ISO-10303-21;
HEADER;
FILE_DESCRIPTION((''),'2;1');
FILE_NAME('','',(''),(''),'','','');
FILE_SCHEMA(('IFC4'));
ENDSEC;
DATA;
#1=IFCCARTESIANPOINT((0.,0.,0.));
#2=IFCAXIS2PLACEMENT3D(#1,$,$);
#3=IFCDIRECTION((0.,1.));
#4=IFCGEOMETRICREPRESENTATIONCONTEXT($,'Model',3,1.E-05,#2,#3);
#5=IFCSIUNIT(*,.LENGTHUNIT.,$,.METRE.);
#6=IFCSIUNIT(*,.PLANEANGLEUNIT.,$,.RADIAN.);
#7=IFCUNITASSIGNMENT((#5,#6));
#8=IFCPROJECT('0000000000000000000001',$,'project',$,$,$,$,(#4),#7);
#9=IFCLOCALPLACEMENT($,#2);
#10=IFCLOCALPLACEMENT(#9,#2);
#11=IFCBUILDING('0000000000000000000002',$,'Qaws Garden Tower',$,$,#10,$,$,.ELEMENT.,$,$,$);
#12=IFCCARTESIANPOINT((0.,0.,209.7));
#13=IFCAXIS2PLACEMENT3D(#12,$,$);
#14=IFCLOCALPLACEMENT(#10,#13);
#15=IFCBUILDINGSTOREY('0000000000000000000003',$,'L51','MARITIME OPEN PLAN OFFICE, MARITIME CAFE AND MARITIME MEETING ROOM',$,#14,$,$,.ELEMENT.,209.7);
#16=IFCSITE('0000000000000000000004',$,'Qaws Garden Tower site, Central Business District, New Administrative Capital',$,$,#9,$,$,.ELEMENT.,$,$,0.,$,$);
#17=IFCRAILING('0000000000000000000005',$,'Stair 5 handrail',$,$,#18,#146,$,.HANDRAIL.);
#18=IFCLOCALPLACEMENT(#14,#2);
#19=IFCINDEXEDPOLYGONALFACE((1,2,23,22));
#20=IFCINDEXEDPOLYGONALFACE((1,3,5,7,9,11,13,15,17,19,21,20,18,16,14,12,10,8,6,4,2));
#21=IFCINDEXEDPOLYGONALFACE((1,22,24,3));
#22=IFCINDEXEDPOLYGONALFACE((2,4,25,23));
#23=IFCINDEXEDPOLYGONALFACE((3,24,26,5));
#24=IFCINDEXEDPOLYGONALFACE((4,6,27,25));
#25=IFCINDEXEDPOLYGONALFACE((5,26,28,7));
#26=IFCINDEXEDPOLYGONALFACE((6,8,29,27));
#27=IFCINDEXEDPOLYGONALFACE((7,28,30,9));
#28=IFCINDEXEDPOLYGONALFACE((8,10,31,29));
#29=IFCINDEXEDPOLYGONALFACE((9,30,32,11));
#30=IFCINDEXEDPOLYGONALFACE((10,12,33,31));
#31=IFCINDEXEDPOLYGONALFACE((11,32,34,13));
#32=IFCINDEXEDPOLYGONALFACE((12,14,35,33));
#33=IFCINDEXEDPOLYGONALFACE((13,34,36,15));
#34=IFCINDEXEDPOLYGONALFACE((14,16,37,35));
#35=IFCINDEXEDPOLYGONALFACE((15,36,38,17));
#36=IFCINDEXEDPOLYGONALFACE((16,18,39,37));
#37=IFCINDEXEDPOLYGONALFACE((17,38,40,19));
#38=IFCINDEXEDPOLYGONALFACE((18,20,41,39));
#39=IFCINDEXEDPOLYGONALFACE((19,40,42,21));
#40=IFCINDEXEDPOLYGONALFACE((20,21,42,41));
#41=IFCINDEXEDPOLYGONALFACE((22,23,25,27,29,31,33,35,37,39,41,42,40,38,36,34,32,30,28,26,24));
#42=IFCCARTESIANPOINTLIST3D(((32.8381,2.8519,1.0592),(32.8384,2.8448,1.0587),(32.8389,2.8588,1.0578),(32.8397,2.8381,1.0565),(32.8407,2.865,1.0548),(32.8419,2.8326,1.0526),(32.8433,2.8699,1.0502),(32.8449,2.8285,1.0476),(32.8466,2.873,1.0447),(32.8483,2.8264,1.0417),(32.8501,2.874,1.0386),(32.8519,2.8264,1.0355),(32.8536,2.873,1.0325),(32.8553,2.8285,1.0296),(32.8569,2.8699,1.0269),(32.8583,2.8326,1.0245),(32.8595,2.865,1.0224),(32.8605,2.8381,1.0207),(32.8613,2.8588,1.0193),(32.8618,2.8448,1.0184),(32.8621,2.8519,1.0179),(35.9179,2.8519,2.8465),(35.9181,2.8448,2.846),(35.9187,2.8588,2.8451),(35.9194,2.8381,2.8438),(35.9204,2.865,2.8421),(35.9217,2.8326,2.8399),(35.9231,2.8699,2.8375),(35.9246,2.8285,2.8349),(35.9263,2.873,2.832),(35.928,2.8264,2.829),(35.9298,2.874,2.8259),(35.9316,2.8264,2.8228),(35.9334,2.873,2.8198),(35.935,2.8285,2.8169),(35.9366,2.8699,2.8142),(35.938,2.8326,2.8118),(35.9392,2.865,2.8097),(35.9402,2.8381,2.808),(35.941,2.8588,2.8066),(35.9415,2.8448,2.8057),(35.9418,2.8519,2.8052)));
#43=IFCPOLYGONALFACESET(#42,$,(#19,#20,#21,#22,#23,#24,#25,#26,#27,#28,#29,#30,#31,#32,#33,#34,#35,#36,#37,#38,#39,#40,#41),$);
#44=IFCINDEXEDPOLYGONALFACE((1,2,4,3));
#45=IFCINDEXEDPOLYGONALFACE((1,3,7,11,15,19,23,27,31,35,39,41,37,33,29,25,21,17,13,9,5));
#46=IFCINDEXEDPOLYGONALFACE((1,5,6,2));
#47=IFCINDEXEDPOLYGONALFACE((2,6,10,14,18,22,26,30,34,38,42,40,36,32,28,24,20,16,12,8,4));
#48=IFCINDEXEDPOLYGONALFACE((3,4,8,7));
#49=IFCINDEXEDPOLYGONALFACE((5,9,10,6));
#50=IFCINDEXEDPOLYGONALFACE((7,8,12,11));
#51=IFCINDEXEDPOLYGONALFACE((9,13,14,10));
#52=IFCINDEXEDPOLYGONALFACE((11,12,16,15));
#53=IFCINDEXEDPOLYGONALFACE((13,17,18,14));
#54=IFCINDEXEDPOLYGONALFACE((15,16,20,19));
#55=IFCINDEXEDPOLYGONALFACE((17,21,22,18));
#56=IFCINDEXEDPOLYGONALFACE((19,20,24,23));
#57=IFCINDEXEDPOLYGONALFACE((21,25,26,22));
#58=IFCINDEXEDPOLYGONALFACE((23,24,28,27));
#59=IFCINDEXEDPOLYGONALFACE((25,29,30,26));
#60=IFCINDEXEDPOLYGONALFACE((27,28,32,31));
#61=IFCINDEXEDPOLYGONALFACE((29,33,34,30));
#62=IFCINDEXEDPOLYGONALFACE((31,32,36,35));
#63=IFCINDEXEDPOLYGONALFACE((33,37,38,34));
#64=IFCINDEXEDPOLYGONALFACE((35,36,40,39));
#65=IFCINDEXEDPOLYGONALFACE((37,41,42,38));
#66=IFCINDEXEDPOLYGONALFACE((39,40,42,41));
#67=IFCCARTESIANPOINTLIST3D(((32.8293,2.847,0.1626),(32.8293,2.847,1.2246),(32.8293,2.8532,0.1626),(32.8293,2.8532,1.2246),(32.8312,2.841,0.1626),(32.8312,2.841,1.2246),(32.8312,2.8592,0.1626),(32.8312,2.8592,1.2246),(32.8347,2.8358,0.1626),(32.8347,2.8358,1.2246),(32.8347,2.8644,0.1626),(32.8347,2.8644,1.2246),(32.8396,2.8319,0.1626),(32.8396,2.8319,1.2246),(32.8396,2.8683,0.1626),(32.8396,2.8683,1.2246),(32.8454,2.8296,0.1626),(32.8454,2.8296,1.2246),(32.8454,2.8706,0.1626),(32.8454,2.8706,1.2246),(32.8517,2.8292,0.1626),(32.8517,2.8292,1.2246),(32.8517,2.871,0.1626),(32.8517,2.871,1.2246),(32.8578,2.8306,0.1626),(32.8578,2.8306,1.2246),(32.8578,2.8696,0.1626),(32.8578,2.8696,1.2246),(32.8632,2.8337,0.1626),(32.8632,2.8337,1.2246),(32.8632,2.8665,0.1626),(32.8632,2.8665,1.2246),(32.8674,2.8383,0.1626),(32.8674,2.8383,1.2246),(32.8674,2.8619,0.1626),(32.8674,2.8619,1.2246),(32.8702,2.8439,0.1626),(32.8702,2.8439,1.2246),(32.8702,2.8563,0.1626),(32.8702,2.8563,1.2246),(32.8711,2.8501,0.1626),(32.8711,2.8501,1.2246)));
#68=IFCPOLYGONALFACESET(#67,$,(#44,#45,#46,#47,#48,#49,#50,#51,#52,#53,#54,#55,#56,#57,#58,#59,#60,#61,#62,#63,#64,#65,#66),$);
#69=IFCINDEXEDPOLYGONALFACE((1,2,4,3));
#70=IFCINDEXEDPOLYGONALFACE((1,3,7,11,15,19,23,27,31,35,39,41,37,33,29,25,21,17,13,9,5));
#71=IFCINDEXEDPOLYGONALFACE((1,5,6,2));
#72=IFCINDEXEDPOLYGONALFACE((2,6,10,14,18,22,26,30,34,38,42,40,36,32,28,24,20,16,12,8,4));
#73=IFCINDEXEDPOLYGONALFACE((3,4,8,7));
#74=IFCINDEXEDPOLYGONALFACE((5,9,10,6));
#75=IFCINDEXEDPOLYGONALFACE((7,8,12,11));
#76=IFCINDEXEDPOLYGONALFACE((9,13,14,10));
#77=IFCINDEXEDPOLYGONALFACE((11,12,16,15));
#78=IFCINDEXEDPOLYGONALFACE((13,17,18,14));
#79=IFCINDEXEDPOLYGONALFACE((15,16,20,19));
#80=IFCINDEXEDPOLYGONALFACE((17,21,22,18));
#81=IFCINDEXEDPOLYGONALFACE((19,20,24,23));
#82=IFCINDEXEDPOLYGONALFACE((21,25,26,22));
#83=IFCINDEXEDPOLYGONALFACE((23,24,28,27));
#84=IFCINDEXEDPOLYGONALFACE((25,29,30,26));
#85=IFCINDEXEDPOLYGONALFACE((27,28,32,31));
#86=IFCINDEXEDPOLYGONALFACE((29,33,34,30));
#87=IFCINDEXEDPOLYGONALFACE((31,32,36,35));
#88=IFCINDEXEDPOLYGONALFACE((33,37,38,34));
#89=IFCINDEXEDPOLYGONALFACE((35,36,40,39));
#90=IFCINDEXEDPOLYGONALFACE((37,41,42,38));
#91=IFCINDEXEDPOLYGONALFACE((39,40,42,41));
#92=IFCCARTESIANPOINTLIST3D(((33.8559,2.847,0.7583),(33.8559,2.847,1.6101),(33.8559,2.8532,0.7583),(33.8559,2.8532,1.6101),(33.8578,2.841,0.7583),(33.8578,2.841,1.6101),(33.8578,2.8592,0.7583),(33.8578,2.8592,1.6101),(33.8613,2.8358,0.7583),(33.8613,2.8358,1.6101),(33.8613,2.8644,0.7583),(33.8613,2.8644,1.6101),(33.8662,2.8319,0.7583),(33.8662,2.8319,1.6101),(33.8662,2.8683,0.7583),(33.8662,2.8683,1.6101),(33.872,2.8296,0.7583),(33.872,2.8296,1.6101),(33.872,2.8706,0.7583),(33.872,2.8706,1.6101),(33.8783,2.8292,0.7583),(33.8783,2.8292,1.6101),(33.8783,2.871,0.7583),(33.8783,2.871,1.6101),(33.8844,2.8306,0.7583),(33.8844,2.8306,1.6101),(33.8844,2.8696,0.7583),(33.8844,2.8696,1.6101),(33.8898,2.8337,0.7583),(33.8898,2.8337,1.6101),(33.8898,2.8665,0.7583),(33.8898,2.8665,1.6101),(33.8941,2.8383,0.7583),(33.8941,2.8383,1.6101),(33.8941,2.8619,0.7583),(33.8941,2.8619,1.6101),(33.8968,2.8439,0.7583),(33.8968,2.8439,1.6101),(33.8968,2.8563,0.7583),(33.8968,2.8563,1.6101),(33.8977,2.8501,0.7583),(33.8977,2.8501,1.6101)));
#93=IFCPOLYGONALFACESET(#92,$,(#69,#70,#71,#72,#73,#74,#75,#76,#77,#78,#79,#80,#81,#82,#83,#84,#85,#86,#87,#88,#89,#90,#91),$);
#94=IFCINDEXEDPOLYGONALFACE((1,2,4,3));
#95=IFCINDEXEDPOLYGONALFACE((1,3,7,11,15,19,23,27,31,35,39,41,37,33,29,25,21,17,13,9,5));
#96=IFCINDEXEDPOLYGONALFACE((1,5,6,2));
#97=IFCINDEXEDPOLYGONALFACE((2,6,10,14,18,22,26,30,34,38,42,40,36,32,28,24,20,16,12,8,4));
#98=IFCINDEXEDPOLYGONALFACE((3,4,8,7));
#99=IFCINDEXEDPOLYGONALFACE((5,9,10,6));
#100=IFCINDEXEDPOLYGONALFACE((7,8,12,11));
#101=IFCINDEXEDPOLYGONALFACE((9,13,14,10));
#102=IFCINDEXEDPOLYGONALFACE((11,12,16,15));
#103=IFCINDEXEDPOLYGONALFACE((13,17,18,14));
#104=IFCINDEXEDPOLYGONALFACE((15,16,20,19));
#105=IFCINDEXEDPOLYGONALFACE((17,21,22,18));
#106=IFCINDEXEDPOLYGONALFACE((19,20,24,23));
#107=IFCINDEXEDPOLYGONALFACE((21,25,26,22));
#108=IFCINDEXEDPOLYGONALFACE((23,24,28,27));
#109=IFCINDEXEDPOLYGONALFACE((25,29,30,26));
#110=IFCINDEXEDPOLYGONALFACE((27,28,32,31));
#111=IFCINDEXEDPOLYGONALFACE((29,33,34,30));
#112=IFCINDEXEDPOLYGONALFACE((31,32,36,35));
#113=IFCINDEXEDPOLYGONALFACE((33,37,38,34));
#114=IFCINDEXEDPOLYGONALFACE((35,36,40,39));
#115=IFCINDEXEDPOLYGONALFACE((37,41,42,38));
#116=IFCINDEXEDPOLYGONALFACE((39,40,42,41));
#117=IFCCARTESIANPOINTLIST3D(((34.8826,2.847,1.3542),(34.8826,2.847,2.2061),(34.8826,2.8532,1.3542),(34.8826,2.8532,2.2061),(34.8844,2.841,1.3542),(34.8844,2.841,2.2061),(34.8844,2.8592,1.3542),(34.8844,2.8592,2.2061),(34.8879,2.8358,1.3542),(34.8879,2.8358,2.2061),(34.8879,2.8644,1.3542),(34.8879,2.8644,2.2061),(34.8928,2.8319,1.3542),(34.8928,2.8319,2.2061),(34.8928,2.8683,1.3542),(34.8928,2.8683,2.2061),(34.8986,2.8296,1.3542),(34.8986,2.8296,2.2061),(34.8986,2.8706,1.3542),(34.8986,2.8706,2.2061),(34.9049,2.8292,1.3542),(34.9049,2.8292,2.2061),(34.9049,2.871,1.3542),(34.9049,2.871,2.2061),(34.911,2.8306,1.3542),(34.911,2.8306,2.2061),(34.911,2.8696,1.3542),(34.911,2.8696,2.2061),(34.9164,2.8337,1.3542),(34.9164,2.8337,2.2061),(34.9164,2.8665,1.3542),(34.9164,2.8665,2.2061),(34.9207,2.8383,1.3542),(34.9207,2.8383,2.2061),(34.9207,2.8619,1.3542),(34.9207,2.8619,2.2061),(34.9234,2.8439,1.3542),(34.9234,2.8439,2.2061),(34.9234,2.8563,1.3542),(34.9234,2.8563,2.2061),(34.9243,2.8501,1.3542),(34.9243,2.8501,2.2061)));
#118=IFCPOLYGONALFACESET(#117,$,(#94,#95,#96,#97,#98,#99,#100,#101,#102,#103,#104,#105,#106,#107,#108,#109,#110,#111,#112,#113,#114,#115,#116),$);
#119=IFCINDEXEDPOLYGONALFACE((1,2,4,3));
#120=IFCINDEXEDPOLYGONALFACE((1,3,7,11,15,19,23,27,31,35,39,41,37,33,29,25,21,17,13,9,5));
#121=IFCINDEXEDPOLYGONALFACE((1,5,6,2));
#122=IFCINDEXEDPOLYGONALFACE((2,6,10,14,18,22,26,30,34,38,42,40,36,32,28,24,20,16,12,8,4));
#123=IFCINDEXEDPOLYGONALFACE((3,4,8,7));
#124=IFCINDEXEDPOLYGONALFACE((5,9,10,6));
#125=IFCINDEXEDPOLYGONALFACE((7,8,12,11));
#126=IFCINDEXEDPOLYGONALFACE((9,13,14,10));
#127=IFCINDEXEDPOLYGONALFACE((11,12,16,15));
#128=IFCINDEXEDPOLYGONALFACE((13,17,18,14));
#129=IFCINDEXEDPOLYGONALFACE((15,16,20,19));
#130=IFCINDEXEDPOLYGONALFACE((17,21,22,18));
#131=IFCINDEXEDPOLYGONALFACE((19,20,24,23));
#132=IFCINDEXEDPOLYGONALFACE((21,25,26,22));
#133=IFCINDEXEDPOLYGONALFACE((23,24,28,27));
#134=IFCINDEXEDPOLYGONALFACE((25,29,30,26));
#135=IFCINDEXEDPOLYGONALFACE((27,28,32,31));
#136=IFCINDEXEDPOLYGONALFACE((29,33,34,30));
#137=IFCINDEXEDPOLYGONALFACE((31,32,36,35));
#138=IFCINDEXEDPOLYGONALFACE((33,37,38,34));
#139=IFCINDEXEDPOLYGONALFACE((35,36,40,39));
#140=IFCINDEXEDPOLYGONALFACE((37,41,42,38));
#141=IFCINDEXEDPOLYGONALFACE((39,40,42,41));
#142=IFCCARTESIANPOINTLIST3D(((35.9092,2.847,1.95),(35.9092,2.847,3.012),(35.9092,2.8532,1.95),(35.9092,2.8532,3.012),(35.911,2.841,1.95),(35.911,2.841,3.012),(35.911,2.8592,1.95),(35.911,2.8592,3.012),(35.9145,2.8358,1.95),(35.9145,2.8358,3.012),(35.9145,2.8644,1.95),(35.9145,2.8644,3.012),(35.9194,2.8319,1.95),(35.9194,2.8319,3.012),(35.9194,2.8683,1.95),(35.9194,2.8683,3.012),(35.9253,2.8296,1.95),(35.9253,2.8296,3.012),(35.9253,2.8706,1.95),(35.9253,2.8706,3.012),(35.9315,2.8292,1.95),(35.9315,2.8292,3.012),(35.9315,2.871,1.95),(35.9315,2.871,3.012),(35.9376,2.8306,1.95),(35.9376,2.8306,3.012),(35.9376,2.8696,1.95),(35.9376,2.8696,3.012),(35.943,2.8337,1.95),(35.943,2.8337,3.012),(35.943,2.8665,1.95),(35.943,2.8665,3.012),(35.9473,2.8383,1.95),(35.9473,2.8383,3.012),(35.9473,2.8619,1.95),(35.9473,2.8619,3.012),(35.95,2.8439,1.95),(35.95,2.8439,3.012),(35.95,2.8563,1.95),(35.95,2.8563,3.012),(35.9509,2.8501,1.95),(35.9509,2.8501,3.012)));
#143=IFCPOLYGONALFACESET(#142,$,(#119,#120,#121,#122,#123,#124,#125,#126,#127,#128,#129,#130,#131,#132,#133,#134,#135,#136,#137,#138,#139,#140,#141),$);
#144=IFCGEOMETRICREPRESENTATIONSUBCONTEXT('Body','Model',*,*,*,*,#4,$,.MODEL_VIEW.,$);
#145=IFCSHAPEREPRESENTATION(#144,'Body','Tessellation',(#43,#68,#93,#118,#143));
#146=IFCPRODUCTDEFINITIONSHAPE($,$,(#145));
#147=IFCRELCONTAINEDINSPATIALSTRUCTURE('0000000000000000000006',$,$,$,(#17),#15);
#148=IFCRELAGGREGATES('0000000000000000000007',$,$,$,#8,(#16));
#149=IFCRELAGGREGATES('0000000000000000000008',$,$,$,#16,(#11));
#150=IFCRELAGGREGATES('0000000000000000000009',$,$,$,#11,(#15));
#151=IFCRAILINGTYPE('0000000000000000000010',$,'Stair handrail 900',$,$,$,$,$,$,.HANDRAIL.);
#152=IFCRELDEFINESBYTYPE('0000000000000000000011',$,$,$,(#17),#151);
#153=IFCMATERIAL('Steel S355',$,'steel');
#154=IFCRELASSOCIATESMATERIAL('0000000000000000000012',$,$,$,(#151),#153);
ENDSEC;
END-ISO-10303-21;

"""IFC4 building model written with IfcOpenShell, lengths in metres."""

from ifc_helpers import new_model, si_unit, direction, frame, origin, origin_2d, place, context, subcontext, project, spatial, circle, extrude, material, type_object, element, save


model = new_model("IFC4")

# Units and contexts
model_context = context("Model", 3, precision=1e-05, world=origin(), true_north=direction((0.0, 1.0)))
body_context = subcontext(model_context, "Body", "Model", "MODEL_VIEW")
ifc_project = project(units=[si_unit("LENGTHUNIT", "METRE"), si_unit("PLANEANGLEUNIT", "RADIAN")], contexts=[model_context])

# Site, building, storey
site_placement = place(None, origin())
site = spatial("IfcSite", under=ifc_project, at=site_placement, Name="Qaws Garden Tower site, Central Business District, New Administrative Capital", CompositionType="ELEMENT", RefElevation=0.0)
building_placement = place(site_placement, origin())
building = spatial("IfcBuilding", under=site, at=building_placement, Name="Qaws Garden Tower", CompositionType="ELEMENT")
storey_placement = place(building_placement, frame((0.0, 0.0, 209.7)))
storey = spatial("IfcBuildingStorey", under=building, at=storey_placement, Name="L51", Description="MARITIME OPEN PLAN OFFICE, MARITIME CAFE AND MARITIME MEETING ROOM", CompositionType="ELEMENT", Elevation=209.7)

# Railing
ifc_material_1 = material(Name="Steel S355", Category="steel")
railing_type = type_object("IfcRailingType", Name="Stair handrail 900", PredefinedType="HANDRAIL", material=ifc_material_1)
railing_placement = place(storey_placement, frame((32.8501, 2.8501, 0.1626)))
element("IfcRailing", 1, at=railing_placement, inside=storey, type_object=railing_type, Name="Stair 5 handrail", PredefinedType="HANDRAIL", context=body_context, shape_type="SweptSolid", body=[
    extrude(circle(Radius=0.0239, at=origin_2d()), frame((0.0, 0.0, 0.876), z_axis=(0.864903, 0.0, 0.501939), x_axis=(0.0, 1.0, 0.0)), (0.0, 0.0, 1.0), 3.5608),
    extrude(circle(Radius=0.021, at=origin_2d()), origin(), (0.0, 0.0, 1.0), 1.062),
    extrude(circle(Radius=0.021, at=origin_2d()), frame((1.0266, 0.0, 0.5957)), (0.0, 0.0, 1.0), 0.8518),
    extrude(circle(Radius=0.021, at=origin_2d()), frame((2.0532, 0.0, 1.1917)), (0.0, 0.0, 1.0), 0.8518),
    extrude(circle(Radius=0.021, at=origin_2d()), frame((3.0798, 0.0, 1.7874)), (0.0, 0.0, 1.0), 1.062),
])

save(model, "model.ifc")
